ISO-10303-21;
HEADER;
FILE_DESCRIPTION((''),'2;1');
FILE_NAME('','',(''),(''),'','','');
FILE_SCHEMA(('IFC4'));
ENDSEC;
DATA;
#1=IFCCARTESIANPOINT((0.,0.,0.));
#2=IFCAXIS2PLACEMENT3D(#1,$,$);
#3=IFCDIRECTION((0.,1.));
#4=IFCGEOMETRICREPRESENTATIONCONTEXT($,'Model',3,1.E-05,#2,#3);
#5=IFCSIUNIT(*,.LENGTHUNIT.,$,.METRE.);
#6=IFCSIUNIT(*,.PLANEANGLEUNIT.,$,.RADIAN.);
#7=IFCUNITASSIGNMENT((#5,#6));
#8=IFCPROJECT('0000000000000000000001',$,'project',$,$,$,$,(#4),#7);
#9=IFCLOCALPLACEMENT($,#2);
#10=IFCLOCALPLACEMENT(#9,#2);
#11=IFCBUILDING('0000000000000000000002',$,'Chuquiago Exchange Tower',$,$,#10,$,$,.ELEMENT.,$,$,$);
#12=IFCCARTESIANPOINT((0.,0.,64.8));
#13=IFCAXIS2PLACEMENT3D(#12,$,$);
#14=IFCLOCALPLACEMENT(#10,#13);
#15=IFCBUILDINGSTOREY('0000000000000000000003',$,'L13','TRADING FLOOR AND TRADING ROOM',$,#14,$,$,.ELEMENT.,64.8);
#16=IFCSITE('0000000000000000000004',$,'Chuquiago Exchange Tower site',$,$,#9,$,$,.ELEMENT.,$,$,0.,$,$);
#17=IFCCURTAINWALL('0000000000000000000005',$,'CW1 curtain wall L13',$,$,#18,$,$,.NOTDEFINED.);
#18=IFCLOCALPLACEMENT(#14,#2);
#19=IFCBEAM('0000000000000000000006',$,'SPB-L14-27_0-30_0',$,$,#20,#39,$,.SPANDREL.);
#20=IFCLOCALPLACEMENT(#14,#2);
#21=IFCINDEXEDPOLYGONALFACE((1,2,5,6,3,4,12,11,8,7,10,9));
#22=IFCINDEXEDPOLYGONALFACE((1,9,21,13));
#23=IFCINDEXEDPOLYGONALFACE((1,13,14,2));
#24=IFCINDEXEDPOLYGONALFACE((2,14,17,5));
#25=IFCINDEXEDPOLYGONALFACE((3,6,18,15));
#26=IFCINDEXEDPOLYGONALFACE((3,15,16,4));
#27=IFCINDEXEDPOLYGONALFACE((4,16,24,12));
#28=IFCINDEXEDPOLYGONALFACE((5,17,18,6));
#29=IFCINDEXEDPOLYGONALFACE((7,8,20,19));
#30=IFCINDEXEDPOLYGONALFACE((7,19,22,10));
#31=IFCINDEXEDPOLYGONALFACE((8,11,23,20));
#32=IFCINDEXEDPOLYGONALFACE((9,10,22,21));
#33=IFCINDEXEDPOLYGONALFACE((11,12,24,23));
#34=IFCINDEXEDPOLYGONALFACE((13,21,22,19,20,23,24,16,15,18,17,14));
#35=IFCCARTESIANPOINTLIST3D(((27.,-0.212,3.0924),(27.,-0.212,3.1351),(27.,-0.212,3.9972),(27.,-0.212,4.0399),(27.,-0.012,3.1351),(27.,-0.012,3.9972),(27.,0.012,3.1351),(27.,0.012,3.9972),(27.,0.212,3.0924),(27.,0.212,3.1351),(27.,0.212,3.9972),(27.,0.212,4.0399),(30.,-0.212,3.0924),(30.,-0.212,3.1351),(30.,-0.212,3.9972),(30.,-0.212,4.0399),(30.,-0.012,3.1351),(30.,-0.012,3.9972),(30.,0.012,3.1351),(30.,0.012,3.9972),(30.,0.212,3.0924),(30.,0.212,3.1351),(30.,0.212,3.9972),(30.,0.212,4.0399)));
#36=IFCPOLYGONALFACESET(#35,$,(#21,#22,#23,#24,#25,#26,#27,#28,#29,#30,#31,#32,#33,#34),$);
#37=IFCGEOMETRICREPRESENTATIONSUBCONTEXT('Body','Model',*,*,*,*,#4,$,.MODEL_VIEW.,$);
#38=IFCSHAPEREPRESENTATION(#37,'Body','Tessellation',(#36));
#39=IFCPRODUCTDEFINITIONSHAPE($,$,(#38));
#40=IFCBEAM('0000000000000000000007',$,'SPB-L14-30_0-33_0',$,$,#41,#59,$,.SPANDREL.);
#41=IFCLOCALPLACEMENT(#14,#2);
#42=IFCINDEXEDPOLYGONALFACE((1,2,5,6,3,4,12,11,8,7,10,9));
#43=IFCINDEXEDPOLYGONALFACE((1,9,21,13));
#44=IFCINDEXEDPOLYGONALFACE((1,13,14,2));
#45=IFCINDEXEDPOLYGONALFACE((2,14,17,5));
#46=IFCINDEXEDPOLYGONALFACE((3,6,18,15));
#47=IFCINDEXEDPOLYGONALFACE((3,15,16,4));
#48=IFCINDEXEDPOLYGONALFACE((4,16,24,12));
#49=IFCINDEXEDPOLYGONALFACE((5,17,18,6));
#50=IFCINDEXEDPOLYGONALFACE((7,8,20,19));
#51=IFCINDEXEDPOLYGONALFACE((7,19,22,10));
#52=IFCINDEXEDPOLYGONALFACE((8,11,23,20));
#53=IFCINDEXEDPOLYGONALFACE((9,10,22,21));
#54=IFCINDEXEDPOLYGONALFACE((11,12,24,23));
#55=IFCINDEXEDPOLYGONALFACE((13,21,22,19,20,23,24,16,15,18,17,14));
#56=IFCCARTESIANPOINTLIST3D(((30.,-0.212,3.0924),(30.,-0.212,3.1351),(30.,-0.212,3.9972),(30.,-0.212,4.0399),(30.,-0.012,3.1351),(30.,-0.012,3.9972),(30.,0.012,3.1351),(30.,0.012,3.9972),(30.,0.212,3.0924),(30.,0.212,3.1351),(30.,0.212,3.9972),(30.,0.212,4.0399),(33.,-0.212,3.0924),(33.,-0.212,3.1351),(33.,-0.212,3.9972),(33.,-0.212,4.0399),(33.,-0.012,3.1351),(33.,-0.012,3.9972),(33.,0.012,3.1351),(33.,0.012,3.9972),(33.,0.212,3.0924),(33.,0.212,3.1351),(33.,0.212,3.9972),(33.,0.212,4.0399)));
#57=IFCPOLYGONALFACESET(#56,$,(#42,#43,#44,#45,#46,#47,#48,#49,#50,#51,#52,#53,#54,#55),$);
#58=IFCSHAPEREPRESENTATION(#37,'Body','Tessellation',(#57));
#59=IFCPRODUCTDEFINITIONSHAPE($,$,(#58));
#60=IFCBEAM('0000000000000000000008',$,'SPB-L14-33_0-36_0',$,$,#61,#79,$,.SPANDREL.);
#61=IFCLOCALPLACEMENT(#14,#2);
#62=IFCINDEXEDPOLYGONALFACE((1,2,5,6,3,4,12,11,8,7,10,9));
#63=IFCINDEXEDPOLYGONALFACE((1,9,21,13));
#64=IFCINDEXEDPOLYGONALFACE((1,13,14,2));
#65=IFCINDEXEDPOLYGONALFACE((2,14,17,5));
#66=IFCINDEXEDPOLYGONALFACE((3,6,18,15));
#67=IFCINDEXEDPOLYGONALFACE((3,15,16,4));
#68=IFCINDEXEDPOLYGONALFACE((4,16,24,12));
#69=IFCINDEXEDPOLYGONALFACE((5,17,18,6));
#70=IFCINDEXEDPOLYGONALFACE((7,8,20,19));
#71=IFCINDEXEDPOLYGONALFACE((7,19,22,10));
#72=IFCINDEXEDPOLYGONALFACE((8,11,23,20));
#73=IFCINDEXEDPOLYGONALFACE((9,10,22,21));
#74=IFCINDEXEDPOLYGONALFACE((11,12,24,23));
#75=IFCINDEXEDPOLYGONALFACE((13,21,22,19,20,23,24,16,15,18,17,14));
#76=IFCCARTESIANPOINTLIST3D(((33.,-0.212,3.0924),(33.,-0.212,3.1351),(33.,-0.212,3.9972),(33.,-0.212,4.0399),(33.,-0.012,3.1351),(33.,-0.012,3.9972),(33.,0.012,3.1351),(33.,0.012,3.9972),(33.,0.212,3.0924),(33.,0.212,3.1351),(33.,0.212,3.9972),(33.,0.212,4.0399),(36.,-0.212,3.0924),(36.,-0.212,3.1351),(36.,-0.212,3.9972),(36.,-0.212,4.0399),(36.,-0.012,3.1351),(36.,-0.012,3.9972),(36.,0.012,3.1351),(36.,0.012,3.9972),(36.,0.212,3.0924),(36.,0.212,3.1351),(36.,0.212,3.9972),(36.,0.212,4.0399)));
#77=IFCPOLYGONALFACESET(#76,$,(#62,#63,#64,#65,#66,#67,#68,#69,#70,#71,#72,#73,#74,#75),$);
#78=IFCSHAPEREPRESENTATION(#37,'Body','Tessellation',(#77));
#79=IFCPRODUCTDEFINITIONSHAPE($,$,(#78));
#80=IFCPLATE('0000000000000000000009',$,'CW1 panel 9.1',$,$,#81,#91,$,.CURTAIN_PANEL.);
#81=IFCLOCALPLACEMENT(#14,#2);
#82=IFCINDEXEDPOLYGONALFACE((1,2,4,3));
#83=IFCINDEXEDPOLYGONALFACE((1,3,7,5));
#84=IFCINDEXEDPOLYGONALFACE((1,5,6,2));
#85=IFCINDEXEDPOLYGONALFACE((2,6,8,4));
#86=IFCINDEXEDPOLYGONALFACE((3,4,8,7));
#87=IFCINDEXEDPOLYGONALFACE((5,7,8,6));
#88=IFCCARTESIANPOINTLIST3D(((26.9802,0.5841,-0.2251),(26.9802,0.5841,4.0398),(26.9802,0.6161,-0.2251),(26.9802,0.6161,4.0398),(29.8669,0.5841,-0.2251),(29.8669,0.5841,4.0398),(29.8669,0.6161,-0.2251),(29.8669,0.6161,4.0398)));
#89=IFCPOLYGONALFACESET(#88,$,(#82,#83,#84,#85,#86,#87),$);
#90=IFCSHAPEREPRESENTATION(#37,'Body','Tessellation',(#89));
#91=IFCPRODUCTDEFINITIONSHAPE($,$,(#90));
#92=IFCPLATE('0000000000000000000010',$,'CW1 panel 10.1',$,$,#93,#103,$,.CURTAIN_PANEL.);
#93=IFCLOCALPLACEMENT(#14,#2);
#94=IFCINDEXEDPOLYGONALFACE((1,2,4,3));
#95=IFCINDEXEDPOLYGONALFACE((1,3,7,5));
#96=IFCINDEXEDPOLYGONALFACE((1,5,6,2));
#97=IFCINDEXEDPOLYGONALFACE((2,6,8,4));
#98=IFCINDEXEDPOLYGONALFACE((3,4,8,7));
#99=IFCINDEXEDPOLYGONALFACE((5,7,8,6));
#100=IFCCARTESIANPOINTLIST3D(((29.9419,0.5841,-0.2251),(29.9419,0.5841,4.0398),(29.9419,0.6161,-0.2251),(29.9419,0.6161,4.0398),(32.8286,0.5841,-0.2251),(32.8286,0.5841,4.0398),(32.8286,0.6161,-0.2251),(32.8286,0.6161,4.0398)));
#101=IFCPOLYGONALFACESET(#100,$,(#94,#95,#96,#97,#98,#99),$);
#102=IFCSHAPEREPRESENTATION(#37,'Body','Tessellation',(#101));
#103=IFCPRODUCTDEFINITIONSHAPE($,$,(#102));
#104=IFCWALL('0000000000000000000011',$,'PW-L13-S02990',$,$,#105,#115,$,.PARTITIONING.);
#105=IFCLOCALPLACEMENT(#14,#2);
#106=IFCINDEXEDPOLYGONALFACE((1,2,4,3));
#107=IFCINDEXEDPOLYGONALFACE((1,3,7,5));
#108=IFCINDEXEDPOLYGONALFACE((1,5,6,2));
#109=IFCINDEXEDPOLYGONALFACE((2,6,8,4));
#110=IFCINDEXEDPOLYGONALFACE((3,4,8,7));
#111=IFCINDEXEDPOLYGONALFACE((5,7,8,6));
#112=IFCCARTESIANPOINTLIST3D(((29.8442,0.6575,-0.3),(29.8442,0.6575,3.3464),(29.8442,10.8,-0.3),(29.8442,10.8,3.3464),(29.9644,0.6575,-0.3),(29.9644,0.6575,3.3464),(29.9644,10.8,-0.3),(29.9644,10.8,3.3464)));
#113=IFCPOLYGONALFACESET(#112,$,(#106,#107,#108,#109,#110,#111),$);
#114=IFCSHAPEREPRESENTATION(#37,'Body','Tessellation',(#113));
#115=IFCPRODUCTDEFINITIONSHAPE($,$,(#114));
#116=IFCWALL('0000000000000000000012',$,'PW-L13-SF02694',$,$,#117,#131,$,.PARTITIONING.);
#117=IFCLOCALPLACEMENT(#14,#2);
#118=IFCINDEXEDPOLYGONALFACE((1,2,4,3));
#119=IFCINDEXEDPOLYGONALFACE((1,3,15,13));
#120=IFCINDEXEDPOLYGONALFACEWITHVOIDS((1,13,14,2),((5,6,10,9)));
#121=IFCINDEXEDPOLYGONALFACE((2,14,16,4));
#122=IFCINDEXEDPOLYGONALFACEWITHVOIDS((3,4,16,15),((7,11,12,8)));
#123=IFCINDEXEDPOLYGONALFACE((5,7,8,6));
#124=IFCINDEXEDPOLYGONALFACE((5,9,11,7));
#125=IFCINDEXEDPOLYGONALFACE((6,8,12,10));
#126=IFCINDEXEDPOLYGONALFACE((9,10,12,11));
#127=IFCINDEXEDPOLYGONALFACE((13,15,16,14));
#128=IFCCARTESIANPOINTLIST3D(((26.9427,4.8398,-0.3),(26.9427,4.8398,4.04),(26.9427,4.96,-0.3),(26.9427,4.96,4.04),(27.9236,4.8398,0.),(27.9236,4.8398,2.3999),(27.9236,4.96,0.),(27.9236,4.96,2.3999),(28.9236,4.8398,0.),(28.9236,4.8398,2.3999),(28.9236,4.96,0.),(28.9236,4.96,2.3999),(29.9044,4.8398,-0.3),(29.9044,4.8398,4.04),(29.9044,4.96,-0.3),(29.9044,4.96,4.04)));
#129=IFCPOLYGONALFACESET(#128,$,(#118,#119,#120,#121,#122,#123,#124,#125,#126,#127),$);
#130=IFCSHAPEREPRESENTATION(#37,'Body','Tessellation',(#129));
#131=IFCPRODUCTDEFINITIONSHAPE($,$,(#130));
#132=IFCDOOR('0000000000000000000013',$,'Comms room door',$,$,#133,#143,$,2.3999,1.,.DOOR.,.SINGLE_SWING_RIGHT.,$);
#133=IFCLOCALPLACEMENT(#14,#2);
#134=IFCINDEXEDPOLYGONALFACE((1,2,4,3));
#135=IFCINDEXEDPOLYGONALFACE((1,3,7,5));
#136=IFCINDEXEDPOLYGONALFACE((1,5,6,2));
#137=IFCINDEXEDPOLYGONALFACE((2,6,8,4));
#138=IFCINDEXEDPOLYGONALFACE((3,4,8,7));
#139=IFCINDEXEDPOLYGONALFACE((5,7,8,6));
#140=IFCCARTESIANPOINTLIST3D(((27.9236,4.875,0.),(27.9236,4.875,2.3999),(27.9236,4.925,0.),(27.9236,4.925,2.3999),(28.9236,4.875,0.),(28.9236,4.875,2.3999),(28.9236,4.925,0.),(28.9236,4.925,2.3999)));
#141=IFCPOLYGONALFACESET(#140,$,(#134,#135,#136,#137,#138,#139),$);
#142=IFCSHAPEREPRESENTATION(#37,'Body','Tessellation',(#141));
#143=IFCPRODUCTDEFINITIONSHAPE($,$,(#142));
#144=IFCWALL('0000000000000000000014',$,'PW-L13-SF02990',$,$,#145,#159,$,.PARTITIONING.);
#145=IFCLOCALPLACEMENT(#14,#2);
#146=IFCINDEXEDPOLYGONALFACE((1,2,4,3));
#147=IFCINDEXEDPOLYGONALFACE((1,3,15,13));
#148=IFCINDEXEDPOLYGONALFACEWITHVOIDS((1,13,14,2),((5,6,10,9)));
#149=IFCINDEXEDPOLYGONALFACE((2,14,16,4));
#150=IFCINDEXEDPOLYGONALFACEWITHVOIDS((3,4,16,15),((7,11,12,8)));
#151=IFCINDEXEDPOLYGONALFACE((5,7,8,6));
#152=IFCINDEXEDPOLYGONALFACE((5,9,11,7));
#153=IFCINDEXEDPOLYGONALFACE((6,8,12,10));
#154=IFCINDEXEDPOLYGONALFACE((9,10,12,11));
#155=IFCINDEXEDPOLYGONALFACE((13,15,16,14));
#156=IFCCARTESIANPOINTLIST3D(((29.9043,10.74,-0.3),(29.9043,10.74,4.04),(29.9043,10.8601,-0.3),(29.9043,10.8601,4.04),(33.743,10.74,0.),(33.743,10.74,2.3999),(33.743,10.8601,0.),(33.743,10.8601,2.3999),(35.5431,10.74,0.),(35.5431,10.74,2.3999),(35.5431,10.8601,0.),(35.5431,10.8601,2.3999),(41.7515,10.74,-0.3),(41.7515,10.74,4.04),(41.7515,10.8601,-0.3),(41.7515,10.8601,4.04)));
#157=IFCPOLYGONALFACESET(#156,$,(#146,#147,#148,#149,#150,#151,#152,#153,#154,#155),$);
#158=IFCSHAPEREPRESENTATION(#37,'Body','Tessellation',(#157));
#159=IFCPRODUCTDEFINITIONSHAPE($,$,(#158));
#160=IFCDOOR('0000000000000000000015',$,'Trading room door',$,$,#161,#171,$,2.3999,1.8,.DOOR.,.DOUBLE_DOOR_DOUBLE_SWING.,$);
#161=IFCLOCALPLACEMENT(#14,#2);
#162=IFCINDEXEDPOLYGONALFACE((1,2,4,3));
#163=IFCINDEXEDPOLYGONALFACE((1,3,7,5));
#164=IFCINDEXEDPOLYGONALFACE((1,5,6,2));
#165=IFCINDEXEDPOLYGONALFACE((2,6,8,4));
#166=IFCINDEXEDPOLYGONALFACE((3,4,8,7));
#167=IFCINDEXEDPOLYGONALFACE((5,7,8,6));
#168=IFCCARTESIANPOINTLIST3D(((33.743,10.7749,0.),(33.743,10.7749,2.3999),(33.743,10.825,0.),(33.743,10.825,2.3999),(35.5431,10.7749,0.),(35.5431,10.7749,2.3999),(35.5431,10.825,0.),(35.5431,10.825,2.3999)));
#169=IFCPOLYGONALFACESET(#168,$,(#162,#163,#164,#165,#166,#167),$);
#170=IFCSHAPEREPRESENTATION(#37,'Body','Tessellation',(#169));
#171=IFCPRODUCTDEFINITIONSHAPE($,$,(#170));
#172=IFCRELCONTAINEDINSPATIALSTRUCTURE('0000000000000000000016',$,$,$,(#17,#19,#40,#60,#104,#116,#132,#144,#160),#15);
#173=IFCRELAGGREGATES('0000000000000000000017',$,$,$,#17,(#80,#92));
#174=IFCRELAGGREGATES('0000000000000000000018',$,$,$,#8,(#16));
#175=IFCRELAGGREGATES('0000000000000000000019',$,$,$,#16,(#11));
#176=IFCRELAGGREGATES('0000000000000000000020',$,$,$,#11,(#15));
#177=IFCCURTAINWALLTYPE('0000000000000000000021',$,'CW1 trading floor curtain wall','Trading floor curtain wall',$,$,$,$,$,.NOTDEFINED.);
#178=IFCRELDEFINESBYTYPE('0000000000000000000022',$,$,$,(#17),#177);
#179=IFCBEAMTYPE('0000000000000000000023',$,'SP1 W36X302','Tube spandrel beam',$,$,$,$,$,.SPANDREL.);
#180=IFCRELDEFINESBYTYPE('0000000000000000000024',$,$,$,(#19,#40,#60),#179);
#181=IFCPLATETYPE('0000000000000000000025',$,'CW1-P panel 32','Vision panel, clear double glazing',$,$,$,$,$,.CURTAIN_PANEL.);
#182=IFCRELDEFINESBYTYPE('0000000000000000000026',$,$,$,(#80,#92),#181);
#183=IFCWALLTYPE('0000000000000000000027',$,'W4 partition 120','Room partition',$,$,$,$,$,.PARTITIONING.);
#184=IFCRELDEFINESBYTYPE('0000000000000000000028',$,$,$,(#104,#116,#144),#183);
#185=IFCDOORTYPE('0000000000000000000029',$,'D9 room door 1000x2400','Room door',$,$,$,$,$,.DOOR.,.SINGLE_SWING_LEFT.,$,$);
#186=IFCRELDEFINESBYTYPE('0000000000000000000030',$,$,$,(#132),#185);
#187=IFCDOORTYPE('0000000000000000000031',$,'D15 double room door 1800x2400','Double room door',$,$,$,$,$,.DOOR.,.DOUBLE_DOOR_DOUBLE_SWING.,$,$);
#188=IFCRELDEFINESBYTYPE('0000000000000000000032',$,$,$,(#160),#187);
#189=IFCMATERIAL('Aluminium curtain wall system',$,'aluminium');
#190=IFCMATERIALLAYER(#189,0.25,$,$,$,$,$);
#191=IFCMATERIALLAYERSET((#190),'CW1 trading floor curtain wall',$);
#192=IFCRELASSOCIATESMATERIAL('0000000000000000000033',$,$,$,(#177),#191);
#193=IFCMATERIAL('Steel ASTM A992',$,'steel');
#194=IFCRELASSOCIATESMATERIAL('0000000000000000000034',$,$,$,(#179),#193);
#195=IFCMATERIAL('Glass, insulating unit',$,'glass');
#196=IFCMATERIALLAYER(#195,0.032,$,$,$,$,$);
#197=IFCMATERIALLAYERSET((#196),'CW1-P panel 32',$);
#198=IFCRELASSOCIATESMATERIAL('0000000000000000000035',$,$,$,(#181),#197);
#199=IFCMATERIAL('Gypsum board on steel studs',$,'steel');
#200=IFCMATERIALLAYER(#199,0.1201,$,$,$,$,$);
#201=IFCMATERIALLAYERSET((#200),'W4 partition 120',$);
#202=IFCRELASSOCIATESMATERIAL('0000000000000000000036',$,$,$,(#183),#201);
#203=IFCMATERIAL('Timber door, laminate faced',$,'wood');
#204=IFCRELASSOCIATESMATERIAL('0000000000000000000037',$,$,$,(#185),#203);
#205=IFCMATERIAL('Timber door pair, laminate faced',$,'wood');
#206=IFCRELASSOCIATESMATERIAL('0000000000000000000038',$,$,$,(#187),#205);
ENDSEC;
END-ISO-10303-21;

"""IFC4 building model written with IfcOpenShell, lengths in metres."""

from ifc_helpers import new_model, si_unit, direction, frame, frame_2d, origin, origin_2d, place, context, subcontext, project, spatial, rectangle, i_section, extrude, material, layer, layer_set, material_profile, profile_set, type_object, element, fill, aggregate, save


model = new_model("IFC4")

# Units and contexts
model_context = context("Model", 3, precision=1e-05, world=origin(), true_north=direction((0.0, 1.0)))
body_context = subcontext(model_context, "Body", "Model", "MODEL_VIEW")
ifc_project = project(units=[si_unit("LENGTHUNIT", "METRE"), si_unit("PLANEANGLEUNIT", "RADIAN")], contexts=[model_context])

# Site, building, storey
site_placement = place(None, origin())
site = spatial("IfcSite", under=ifc_project, at=site_placement, Name="Chuquiago Exchange Tower site", CompositionType="ELEMENT", RefElevation=0.0)
building_placement = place(site_placement, origin())
building = spatial("IfcBuilding", under=site, at=building_placement, Name="Chuquiago Exchange Tower", CompositionType="ELEMENT")
storey_placement = place(building_placement, frame((0.0, 0.0, 64.8)))
storey = spatial("IfcBuildingStorey", under=building, at=storey_placement, Name="L13", Description="TRADING FLOOR AND TRADING ROOM", CompositionType="ELEMENT", Elevation=64.8)

# Curtain wall
ifc_material_1 = material(Name="Aluminium curtain wall system", Category="aluminium")
ifc_layer_1 = layer(ifc_material_1, 0.25)
ifc_layer_set_1 = layer_set([ifc_layer_1], Name="CW1 trading floor curtain wall")
curtain_wall_type = type_object("IfcCurtainWallType", Name="CW1 trading floor curtain wall", Description="Trading floor curtain wall", PredefinedType="NOTDEFINED", material=ifc_layer_set_1)
curtain_wall_placement = place(storey_placement, origin())
curtain_wall = element("IfcCurtainWall", 1, at=curtain_wall_placement, inside=storey, type_object=curtain_wall_type, Name="CW1 curtain wall L13", PredefinedType="NOTDEFINED")

# Beams
ifc_material_2 = material(Name="Steel ASTM A992", Category="steel")
ifc_material_profile_1 = material_profile(ifc_material_2, i_section(OverallWidth=0.4241, OverallDepth=0.9475, WebThickness=0.0239, FlangeThickness=0.0427, at=origin_2d()), Name="W36X302")
ifc_profile_set_1 = profile_set([ifc_material_profile_1], Name="Steel ASTM A992")
beam_type_1 = type_object("IfcBeamType", Name="SP1 W36X302", Description="Tube spandrel beam", PredefinedType="SPANDREL", material=ifc_profile_set_1)
for number, where, z_axis, x_axis, name in (
    (2, (27.0, 0.0, 3.5662), (1.0, 0.0, 0.0), (0.0, 1.0, 0.0), "SPB-L14-27_0-30_0"),
    (3, (30.0, 0.0, 3.5662), (1.0, 0.0, 0.0), (0.0, 1.0, 0.0), "SPB-L14-30_0-33_0"),
    (4, (33.0, 0.0, 3.5662), (1.0, 0.0, 0.0), (0.0, 1.0, 0.0), "SPB-L14-33_0-36_0"),
):
    element("IfcBeam", number, at=place(storey_placement, frame(where, z_axis=z_axis, x_axis=x_axis)), inside=storey, type_object=beam_type_1, Name=name, PredefinedType="SPANDREL", context=body_context, shape_type="SweptSolid", body=[
        extrude(i_section(OverallWidth=0.4241, OverallDepth=0.9475, WebThickness=0.0239, FlangeThickness=0.0427, at=origin_2d()), origin(), (0.0, 0.0, 1.0), 3.0),
    ])

# Plates
ifc_material_3 = material(Name="Glass, insulating unit", Category="glass")
ifc_layer_2 = layer(ifc_material_3, 0.032)
ifc_layer_set_2 = layer_set([ifc_layer_2], Name="CW1-P panel 32")
plate_type = type_object("IfcPlateType", Name="CW1-P panel 32", Description="Vision panel, clear double glazing", PredefinedType="CURTAIN_PANEL", material=ifc_layer_set_2)
plate_1_placement = place(storey_placement, frame((28.4236, 0.6001, -0.2251), z_axis=(0.0, 0.0, 1.0), x_axis=(1.0, 0.0, 0.0)))
plate_1 = element("IfcPlate", 5, at=plate_1_placement, type_object=plate_type, Name="CW1 panel 9.1", PredefinedType="CURTAIN_PANEL", context=body_context, shape_type="SweptSolid", body=[
    extrude(rectangle(XDim=2.8867, YDim=0.032, at=origin_2d()), origin(), (0.0, 0.0, 1.0), 4.2649),
])
plate_2_placement = place(storey_placement, frame((31.3853, 0.6001, -0.2251), z_axis=(0.0, 0.0, 1.0), x_axis=(1.0, 0.0, 0.0)))
plate_2 = element("IfcPlate", 6, at=plate_2_placement, type_object=plate_type, Name="CW1 panel 10.1", PredefinedType="CURTAIN_PANEL", context=body_context, shape_type="SweptSolid", body=[
    extrude(rectangle(XDim=2.8867, YDim=0.032, at=origin_2d()), origin(), (0.0, 0.0, 1.0), 4.2649),
])
aggregate(curtain_wall, [plate_1, plate_2])

# Wall
ifc_material_4 = material(Name="Gypsum board on steel studs", Category="steel")
ifc_layer_3 = layer(ifc_material_4, 0.1201)
ifc_layer_set_3 = layer_set([ifc_layer_3], Name="W4 partition 120")
wall_type = type_object("IfcWallType", Name="W4 partition 120", Description="Room partition", PredefinedType="PARTITIONING", material=ifc_layer_set_3)
wall_1_placement = place(storey_placement, frame((29.9043, 0.6575, -0.3), z_axis=(0.0, 0.0, 1.0), x_axis=(0.0, 1.0, 0.0)))
element("IfcWall", 7, at=wall_1_placement, inside=storey, type_object=wall_type, Name="PW-L13-S02990", PredefinedType="PARTITIONING", context=body_context, shape_type="SweptSolid", body=[
    extrude(rectangle(XDim=10.1426, YDim=0.1201, at=frame_2d((5.0713, 0.0))), origin(), (0.0, 0.0, 1.0), 3.6465),
])

# Walls, openings, doors
wall_2_placement = place(storey_placement, frame((26.9426, 4.8999, -0.3), z_axis=(0.0, 0.0, 1.0), x_axis=(1.0, 0.0, 0.0)))
wall_2 = element("IfcWall", 8, at=wall_2_placement, inside=storey, type_object=wall_type, Name="PW-L13-SF02694", PredefinedType="PARTITIONING", context=body_context, shape_type="SweptSolid", body=[
    extrude(rectangle(XDim=2.9617, YDim=0.1201, at=frame_2d((1.481, 0.0))), origin(), (0.0, 0.0, 1.0), 4.3401),
])
opening_1_placement = place(wall_2_placement, frame((0.981, 0.0, 0.3)))
opening_1 = element("IfcOpeningElement", 9, at=opening_1_placement, cuts=wall_2, PredefinedType="OPENING", context=body_context, shape_type="SweptSolid", body=[
    extrude(rectangle(XDim=1.0, YDim=2.3999, at=frame_2d((0.5, 1.2))), frame((0.0, 0.0701, 0.0), z_axis=(0.0, -1.0, 0.0), x_axis=(1.0, 0.0, 0.0)), (0.0, 0.0, 1.0), 0.1401),
])
ifc_material_5 = material(Name="Timber door, laminate faced", Category="wood")
door_type_1 = type_object("IfcDoorType", Name="D9 room door 1000x2400", Description="Room door", OperationType="SINGLE_SWING_LEFT", PredefinedType="DOOR", material=ifc_material_5)
door_1_placement = place(opening_1_placement, frame((1.0, 0.0, 0.0), z_axis=(0.0, 0.0, 1.0), x_axis=(-1.0, 0.0, 0.0)))
door_1 = element("IfcDoor", 10, at=door_1_placement, inside=storey, type_object=door_type_1, Name="Comms room door", OperationType="SINGLE_SWING_RIGHT", OverallHeight=2.3999, OverallWidth=1.0, PredefinedType="DOOR", context=body_context, shape_type="SweptSolid", body=[
    extrude(rectangle(XDim=1.0, YDim=2.3999, at=frame_2d((0.5, 1.2))), frame((0.0, 0.0249, 0.0), z_axis=(0.0, -1.0, 0.0), x_axis=(1.0, 0.0, 0.0)), (0.0, 0.0, 1.0), 0.05),
])
fill(opening_1, door_1)
wall_3_placement = place(storey_placement, frame((29.9043, 10.8, -0.3), z_axis=(0.0, 0.0, 1.0), x_axis=(1.0, 0.0, 0.0)))
wall_3 = element("IfcWall", 11, at=wall_3_placement, inside=storey, type_object=wall_type, Name="PW-L13-SF02990", PredefinedType="PARTITIONING", context=body_context, shape_type="SweptSolid", body=[
    extrude(rectangle(XDim=11.8472, YDim=0.1201, at=frame_2d((5.9236, 0.0))), origin(), (0.0, 0.0, 1.0), 4.3401),
])
opening_2_placement = place(wall_3_placement, frame((3.8389, 0.0, 0.3)))
opening_2 = element("IfcOpeningElement", 12, at=opening_2_placement, cuts=wall_3, PredefinedType="OPENING", context=body_context, shape_type="SweptSolid", body=[
    extrude(rectangle(XDim=1.8, YDim=2.3999, at=frame_2d((0.8999, 1.2))), frame((0.0, 0.0701, 0.0), z_axis=(0.0, -1.0, 0.0), x_axis=(1.0, 0.0, 0.0)), (0.0, 0.0, 1.0), 0.1401),
])
ifc_material_6 = material(Name="Timber door pair, laminate faced", Category="wood")
door_type_2 = type_object("IfcDoorType", Name="D15 double room door 1800x2400", Description="Double room door", OperationType="DOUBLE_DOOR_DOUBLE_SWING", PredefinedType="DOOR", material=ifc_material_6)
door_2_placement = place(opening_2_placement, origin())
door_2 = element("IfcDoor", 13, at=door_2_placement, inside=storey, type_object=door_type_2, Name="Trading room door", OperationType="DOUBLE_DOOR_DOUBLE_SWING", OverallHeight=2.3999, OverallWidth=1.8, PredefinedType="DOOR", context=body_context, shape_type="SweptSolid", body=[
    extrude(rectangle(XDim=1.8, YDim=2.3999, at=frame_2d((0.8999, 1.2))), frame((0.0, 0.0249, 0.0), z_axis=(0.0, -1.0, 0.0), x_axis=(1.0, 0.0, 0.0)), (0.0, 0.0, 1.0), 0.05),
])
fill(opening_2, door_2)

save(model, "model.ifc")
